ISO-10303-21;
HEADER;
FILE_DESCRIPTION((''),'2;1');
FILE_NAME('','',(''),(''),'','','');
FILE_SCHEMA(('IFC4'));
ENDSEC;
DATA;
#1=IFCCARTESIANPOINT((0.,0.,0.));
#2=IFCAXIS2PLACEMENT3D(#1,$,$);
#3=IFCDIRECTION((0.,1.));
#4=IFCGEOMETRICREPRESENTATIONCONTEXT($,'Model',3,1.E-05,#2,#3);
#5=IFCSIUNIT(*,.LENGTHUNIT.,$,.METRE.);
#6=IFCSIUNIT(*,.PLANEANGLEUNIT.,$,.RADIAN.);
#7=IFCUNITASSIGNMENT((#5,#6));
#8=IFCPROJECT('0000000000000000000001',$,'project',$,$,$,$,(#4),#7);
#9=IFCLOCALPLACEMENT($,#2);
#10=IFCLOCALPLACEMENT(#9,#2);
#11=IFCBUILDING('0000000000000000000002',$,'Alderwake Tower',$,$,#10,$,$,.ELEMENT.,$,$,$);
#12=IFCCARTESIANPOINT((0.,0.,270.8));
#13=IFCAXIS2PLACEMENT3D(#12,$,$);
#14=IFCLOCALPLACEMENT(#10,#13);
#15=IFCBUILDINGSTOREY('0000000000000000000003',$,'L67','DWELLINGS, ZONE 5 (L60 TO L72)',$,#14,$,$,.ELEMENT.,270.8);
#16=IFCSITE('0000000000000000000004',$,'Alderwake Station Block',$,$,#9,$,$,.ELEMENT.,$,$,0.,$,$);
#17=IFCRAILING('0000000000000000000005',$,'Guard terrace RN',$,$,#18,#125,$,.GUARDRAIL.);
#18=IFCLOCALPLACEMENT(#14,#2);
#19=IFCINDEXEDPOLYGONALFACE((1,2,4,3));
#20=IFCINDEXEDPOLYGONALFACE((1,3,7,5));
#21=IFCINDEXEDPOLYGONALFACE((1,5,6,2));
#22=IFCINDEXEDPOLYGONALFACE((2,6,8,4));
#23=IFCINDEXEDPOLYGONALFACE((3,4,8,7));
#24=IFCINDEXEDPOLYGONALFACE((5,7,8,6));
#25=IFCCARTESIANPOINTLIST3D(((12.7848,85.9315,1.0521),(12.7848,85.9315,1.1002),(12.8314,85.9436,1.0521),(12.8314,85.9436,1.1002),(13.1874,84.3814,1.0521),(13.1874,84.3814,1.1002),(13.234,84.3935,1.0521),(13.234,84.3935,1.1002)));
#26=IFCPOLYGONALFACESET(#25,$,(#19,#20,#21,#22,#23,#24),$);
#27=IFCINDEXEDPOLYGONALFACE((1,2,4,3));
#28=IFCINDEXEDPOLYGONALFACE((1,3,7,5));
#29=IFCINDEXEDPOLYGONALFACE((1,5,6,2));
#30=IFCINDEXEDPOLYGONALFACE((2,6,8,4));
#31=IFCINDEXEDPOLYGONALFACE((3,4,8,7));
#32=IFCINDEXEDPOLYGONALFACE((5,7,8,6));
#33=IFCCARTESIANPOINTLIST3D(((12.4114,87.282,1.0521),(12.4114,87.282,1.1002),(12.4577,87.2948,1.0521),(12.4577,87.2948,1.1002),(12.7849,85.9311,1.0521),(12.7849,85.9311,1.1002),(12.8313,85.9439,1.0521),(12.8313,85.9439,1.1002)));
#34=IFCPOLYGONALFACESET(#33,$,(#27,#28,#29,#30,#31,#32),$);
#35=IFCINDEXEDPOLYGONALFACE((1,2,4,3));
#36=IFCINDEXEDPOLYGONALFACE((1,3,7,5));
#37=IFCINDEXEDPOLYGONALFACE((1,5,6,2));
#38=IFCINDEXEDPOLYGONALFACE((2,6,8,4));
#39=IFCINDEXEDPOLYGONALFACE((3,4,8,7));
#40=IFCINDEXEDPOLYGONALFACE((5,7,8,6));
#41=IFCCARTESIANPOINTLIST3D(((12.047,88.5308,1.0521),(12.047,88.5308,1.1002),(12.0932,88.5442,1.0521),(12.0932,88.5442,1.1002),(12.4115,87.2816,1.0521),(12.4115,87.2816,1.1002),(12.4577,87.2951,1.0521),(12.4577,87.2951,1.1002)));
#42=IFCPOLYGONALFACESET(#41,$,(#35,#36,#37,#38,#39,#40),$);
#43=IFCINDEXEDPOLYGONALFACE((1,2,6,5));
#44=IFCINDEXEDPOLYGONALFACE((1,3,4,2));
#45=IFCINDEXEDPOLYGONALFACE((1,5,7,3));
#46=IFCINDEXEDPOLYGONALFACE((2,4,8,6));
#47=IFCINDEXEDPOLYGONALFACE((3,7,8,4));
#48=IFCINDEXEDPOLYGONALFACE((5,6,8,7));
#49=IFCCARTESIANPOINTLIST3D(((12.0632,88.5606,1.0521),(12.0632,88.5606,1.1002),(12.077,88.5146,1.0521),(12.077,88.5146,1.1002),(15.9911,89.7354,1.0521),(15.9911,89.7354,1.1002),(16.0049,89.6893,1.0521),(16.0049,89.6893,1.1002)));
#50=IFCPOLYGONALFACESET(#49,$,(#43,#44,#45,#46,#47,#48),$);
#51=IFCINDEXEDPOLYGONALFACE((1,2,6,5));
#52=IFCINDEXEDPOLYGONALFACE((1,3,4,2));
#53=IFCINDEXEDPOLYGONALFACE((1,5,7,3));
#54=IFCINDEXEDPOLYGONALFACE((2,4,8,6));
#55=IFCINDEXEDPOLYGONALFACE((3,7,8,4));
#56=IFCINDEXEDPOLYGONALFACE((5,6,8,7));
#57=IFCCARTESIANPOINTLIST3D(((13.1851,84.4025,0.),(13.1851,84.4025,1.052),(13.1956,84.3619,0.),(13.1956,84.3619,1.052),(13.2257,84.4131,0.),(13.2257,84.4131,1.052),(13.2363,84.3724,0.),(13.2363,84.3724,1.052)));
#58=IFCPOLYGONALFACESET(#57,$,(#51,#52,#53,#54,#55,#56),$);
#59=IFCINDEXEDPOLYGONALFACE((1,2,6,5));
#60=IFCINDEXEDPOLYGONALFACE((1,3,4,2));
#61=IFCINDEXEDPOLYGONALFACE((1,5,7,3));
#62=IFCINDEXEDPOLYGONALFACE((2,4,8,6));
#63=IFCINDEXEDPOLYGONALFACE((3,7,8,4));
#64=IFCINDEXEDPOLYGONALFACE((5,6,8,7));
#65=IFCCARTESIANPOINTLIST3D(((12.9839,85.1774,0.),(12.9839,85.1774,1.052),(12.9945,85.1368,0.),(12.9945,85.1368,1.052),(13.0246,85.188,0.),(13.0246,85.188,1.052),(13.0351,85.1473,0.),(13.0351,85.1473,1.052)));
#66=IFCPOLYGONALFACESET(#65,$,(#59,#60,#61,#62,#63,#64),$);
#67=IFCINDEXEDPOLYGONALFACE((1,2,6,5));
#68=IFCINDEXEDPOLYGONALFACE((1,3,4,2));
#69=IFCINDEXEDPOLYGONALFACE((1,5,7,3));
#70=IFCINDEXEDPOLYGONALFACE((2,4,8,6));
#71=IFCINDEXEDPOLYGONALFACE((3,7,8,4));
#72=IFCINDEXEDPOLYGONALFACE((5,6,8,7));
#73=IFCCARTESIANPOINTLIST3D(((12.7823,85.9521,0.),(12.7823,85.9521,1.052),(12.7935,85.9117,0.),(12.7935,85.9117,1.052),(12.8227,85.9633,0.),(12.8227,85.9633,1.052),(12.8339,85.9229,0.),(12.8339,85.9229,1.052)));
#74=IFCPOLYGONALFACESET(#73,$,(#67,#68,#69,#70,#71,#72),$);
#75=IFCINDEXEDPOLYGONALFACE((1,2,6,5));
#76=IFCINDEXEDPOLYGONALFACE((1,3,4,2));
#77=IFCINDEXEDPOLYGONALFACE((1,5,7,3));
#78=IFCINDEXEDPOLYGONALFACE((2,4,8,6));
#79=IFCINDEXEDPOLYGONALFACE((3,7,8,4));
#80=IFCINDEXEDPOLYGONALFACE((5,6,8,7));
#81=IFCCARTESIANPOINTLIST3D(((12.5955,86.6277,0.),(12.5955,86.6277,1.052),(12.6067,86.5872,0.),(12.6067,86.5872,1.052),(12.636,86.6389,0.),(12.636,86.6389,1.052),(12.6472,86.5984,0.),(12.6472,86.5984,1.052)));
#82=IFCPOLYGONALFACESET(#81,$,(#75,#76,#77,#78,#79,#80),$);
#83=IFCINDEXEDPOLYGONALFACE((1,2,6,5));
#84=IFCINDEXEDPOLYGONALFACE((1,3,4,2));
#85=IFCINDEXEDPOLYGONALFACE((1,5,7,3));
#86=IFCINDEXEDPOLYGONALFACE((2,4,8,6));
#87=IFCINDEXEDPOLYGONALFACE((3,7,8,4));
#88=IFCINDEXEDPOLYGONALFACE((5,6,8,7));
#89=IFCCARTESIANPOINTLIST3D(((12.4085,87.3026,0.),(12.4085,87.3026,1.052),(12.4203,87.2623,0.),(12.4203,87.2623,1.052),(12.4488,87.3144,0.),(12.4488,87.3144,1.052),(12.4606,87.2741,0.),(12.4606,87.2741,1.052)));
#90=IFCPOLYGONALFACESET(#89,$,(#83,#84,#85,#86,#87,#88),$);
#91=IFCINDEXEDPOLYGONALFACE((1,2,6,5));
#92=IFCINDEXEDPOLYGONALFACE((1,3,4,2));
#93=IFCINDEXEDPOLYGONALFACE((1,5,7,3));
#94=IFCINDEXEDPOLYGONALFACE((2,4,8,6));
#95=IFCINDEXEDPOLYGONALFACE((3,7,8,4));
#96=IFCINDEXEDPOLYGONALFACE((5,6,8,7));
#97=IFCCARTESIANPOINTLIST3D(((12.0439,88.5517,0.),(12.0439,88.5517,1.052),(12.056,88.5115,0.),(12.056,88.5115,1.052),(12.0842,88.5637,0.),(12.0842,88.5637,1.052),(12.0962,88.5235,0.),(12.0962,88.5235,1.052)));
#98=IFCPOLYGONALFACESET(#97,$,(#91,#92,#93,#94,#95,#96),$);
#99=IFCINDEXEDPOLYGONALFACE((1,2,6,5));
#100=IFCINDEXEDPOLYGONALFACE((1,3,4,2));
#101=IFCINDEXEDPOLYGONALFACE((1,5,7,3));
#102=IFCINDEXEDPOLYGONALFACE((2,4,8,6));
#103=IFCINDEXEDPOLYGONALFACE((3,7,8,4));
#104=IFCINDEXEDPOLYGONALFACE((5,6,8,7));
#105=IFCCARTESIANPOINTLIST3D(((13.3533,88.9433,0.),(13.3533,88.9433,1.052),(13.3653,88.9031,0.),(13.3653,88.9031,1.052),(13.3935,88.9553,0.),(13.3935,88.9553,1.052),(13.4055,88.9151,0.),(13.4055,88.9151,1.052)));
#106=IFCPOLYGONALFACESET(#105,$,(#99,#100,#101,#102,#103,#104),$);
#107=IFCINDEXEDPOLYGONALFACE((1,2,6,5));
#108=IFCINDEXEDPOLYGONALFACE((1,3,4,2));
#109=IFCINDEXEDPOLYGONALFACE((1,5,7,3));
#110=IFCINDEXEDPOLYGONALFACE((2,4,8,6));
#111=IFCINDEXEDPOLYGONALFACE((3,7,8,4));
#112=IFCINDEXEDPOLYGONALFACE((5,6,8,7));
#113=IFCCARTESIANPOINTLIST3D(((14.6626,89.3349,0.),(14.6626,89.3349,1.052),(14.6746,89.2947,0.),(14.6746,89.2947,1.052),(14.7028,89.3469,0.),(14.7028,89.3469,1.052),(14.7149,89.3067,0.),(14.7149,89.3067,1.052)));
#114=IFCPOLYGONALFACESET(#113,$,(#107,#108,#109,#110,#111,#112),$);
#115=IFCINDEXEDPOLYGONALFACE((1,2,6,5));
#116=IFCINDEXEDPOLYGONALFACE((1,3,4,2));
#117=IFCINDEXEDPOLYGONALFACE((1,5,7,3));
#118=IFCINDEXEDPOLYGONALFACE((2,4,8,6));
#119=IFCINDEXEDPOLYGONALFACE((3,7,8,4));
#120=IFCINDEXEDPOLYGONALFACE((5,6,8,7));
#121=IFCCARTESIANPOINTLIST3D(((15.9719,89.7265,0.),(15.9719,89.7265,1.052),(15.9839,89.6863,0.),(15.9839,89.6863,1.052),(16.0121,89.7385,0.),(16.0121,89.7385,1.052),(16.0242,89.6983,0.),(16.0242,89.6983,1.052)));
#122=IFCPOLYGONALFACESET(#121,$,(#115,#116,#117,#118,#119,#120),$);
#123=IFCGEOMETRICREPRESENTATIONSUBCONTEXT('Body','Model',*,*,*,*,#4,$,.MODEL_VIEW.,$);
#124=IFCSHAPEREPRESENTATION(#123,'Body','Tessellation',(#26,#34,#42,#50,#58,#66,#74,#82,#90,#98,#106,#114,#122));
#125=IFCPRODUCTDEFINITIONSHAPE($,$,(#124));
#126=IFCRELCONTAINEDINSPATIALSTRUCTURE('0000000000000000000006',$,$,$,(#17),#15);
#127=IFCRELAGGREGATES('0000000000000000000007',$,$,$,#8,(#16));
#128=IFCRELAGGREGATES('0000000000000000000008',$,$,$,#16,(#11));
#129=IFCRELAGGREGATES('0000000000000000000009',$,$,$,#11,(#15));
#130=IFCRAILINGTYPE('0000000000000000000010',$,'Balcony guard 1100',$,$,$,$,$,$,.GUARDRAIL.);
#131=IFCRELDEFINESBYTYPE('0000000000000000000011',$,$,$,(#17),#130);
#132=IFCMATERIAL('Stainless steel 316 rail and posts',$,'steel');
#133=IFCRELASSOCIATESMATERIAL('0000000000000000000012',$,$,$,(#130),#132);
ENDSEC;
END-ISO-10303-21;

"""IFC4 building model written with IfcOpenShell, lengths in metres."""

from ifc_helpers import new_model, si_unit, direction, frame, origin, origin_2d, place, context, subcontext, project, spatial, rectangle, extrude, material, type_object, element, save


model = new_model("IFC4")

# Units and contexts
model_context = context("Model", 3, precision=1e-05, world=origin(), true_north=direction((0.0, 1.0)))
body_context = subcontext(model_context, "Body", "Model", "MODEL_VIEW")
ifc_project = project(units=[si_unit("LENGTHUNIT", "METRE"), si_unit("PLANEANGLEUNIT", "RADIAN")], contexts=[model_context])

# Site, building, storey
site_placement = place(None, origin())
site = spatial("IfcSite", under=ifc_project, at=site_placement, Name="Alderwake Station Block", CompositionType="ELEMENT", RefElevation=0.0)
building_placement = place(site_placement, origin())
building = spatial("IfcBuilding", under=site, at=building_placement, Name="Alderwake Tower", CompositionType="ELEMENT")
storey_placement = place(building_placement, frame((0.0, 0.0, 270.8)))
storey = spatial("IfcBuildingStorey", under=building, at=storey_placement, Name="L67", Description="DWELLINGS, ZONE 5 (L60 TO L72)", CompositionType="ELEMENT", Elevation=270.8)

# Railing
ifc_material_1 = material(Name="Stainless steel 316 rail and posts", Category="steel")
railing_type = type_object("IfcRailingType", Name="Balcony guard 1100", PredefinedType="GUARDRAIL", material=ifc_material_1)
railing_placement = place(storey_placement, frame((13.2107, 84.3875, 0.0)))
element("IfcRailing", 1, at=railing_placement, inside=storey, type_object=railing_type, Name="Guard terrace RN", PredefinedType="GUARDRAIL", context=body_context, shape_type="SweptSolid", body=[
    extrude(rectangle(XDim=0.0481, YDim=0.0481, at=origin_2d()), frame((0.0, 0.0, 1.0762), z_axis=(-0.251385, 0.967887, 0.0), x_axis=(-0.967887, -0.251385, 0.0)), (0.0, 0.0, 1.0), 1.6016),
    extrude(rectangle(XDim=0.0481, YDim=0.0481, at=origin_2d()), frame((-0.4026, 1.55, 1.0762), z_axis=(-0.266521, 0.963829, 0.0), x_axis=(-0.963829, -0.266521, 0.0)), (0.0, 0.0, 1.0), 1.4016),
    extrude(rectangle(XDim=0.0481, YDim=0.0481, at=origin_2d()), frame((-0.7761, 2.9009, 1.0762), z_axis=(-0.280094, 0.959973, 0.0), x_axis=(-0.959973, -0.280094, 0.0)), (0.0, 0.0, 1.0), 1.3013),
    extrude(rectangle(XDim=0.0481, YDim=0.0481, at=origin_2d()), frame((-1.1406, 4.1501, 1.0762), z_axis=(0.958067, 0.286545, 0.0), x_axis=(-0.286545, 0.958067, 0.0)), (0.0, 0.0, 1.0), 4.0999),
    extrude(rectangle(XDim=0.042, YDim=0.042, at=origin_2d()), frame((0.0, 0.0, 0.0), z_axis=(0.0, 0.0, 1.0), x_axis=(-0.251385, 0.967887, 0.0)), (0.0, 0.0, 1.0), 1.052),
    extrude(rectangle(XDim=0.042, YDim=0.042, at=origin_2d()), frame((-0.2012, 0.7749, 0.0), z_axis=(0.0, 0.0, 1.0), x_axis=(-0.251385, 0.967887, 0.0)), (0.0, 0.0, 1.0), 1.052),
    extrude(rectangle(XDim=0.042, YDim=0.042, at=origin_2d()), frame((-0.4026, 1.55, 0.0), z_axis=(0.0, 0.0, 1.0), x_axis=(-0.266521, 0.963829, 0.0)), (0.0, 0.0, 1.0), 1.052),
    extrude(rectangle(XDim=0.042, YDim=0.042, at=origin_2d()), frame((-0.5894, 2.2256, 0.0), z_axis=(0.0, 0.0, 1.0), x_axis=(-0.266521, 0.963829, 0.0)), (0.0, 0.0, 1.0), 1.052),
    extrude(rectangle(XDim=0.042, YDim=0.042, at=origin_2d()), frame((-0.7761, 2.9009, 0.0), z_axis=(0.0, 0.0, 1.0), x_axis=(-0.280094, 0.959973, 0.0)), (0.0, 0.0, 1.0), 1.052),
    extrude(rectangle(XDim=0.042, YDim=0.042, at=origin_2d()), frame((-1.1406, 4.1501, 0.0), z_axis=(0.0, 0.0, 1.0), x_axis=(0.958067, 0.286545, 0.0)), (0.0, 0.0, 1.0), 1.052),
    extrude(rectangle(XDim=0.042, YDim=0.042, at=origin_2d()), frame((0.1687, 4.5417, 0.0), z_axis=(0.0, 0.0, 1.0), x_axis=(0.958067, 0.286545, 0.0)), (0.0, 0.0, 1.0), 1.052),
    extrude(rectangle(XDim=0.042, YDim=0.042, at=origin_2d()), frame((1.478, 4.9333, 0.0), z_axis=(0.0, 0.0, 1.0), x_axis=(0.958067, 0.286545, 0.0)), (0.0, 0.0, 1.0), 1.052),
    extrude(rectangle(XDim=0.042, YDim=0.042, at=origin_2d()), frame((2.7874, 5.325, 0.0), z_axis=(0.0, 0.0, 1.0), x_axis=(0.958067, 0.286545, 0.0)), (0.0, 0.0, 1.0), 1.052),
])

save(model, "model.ifc")
